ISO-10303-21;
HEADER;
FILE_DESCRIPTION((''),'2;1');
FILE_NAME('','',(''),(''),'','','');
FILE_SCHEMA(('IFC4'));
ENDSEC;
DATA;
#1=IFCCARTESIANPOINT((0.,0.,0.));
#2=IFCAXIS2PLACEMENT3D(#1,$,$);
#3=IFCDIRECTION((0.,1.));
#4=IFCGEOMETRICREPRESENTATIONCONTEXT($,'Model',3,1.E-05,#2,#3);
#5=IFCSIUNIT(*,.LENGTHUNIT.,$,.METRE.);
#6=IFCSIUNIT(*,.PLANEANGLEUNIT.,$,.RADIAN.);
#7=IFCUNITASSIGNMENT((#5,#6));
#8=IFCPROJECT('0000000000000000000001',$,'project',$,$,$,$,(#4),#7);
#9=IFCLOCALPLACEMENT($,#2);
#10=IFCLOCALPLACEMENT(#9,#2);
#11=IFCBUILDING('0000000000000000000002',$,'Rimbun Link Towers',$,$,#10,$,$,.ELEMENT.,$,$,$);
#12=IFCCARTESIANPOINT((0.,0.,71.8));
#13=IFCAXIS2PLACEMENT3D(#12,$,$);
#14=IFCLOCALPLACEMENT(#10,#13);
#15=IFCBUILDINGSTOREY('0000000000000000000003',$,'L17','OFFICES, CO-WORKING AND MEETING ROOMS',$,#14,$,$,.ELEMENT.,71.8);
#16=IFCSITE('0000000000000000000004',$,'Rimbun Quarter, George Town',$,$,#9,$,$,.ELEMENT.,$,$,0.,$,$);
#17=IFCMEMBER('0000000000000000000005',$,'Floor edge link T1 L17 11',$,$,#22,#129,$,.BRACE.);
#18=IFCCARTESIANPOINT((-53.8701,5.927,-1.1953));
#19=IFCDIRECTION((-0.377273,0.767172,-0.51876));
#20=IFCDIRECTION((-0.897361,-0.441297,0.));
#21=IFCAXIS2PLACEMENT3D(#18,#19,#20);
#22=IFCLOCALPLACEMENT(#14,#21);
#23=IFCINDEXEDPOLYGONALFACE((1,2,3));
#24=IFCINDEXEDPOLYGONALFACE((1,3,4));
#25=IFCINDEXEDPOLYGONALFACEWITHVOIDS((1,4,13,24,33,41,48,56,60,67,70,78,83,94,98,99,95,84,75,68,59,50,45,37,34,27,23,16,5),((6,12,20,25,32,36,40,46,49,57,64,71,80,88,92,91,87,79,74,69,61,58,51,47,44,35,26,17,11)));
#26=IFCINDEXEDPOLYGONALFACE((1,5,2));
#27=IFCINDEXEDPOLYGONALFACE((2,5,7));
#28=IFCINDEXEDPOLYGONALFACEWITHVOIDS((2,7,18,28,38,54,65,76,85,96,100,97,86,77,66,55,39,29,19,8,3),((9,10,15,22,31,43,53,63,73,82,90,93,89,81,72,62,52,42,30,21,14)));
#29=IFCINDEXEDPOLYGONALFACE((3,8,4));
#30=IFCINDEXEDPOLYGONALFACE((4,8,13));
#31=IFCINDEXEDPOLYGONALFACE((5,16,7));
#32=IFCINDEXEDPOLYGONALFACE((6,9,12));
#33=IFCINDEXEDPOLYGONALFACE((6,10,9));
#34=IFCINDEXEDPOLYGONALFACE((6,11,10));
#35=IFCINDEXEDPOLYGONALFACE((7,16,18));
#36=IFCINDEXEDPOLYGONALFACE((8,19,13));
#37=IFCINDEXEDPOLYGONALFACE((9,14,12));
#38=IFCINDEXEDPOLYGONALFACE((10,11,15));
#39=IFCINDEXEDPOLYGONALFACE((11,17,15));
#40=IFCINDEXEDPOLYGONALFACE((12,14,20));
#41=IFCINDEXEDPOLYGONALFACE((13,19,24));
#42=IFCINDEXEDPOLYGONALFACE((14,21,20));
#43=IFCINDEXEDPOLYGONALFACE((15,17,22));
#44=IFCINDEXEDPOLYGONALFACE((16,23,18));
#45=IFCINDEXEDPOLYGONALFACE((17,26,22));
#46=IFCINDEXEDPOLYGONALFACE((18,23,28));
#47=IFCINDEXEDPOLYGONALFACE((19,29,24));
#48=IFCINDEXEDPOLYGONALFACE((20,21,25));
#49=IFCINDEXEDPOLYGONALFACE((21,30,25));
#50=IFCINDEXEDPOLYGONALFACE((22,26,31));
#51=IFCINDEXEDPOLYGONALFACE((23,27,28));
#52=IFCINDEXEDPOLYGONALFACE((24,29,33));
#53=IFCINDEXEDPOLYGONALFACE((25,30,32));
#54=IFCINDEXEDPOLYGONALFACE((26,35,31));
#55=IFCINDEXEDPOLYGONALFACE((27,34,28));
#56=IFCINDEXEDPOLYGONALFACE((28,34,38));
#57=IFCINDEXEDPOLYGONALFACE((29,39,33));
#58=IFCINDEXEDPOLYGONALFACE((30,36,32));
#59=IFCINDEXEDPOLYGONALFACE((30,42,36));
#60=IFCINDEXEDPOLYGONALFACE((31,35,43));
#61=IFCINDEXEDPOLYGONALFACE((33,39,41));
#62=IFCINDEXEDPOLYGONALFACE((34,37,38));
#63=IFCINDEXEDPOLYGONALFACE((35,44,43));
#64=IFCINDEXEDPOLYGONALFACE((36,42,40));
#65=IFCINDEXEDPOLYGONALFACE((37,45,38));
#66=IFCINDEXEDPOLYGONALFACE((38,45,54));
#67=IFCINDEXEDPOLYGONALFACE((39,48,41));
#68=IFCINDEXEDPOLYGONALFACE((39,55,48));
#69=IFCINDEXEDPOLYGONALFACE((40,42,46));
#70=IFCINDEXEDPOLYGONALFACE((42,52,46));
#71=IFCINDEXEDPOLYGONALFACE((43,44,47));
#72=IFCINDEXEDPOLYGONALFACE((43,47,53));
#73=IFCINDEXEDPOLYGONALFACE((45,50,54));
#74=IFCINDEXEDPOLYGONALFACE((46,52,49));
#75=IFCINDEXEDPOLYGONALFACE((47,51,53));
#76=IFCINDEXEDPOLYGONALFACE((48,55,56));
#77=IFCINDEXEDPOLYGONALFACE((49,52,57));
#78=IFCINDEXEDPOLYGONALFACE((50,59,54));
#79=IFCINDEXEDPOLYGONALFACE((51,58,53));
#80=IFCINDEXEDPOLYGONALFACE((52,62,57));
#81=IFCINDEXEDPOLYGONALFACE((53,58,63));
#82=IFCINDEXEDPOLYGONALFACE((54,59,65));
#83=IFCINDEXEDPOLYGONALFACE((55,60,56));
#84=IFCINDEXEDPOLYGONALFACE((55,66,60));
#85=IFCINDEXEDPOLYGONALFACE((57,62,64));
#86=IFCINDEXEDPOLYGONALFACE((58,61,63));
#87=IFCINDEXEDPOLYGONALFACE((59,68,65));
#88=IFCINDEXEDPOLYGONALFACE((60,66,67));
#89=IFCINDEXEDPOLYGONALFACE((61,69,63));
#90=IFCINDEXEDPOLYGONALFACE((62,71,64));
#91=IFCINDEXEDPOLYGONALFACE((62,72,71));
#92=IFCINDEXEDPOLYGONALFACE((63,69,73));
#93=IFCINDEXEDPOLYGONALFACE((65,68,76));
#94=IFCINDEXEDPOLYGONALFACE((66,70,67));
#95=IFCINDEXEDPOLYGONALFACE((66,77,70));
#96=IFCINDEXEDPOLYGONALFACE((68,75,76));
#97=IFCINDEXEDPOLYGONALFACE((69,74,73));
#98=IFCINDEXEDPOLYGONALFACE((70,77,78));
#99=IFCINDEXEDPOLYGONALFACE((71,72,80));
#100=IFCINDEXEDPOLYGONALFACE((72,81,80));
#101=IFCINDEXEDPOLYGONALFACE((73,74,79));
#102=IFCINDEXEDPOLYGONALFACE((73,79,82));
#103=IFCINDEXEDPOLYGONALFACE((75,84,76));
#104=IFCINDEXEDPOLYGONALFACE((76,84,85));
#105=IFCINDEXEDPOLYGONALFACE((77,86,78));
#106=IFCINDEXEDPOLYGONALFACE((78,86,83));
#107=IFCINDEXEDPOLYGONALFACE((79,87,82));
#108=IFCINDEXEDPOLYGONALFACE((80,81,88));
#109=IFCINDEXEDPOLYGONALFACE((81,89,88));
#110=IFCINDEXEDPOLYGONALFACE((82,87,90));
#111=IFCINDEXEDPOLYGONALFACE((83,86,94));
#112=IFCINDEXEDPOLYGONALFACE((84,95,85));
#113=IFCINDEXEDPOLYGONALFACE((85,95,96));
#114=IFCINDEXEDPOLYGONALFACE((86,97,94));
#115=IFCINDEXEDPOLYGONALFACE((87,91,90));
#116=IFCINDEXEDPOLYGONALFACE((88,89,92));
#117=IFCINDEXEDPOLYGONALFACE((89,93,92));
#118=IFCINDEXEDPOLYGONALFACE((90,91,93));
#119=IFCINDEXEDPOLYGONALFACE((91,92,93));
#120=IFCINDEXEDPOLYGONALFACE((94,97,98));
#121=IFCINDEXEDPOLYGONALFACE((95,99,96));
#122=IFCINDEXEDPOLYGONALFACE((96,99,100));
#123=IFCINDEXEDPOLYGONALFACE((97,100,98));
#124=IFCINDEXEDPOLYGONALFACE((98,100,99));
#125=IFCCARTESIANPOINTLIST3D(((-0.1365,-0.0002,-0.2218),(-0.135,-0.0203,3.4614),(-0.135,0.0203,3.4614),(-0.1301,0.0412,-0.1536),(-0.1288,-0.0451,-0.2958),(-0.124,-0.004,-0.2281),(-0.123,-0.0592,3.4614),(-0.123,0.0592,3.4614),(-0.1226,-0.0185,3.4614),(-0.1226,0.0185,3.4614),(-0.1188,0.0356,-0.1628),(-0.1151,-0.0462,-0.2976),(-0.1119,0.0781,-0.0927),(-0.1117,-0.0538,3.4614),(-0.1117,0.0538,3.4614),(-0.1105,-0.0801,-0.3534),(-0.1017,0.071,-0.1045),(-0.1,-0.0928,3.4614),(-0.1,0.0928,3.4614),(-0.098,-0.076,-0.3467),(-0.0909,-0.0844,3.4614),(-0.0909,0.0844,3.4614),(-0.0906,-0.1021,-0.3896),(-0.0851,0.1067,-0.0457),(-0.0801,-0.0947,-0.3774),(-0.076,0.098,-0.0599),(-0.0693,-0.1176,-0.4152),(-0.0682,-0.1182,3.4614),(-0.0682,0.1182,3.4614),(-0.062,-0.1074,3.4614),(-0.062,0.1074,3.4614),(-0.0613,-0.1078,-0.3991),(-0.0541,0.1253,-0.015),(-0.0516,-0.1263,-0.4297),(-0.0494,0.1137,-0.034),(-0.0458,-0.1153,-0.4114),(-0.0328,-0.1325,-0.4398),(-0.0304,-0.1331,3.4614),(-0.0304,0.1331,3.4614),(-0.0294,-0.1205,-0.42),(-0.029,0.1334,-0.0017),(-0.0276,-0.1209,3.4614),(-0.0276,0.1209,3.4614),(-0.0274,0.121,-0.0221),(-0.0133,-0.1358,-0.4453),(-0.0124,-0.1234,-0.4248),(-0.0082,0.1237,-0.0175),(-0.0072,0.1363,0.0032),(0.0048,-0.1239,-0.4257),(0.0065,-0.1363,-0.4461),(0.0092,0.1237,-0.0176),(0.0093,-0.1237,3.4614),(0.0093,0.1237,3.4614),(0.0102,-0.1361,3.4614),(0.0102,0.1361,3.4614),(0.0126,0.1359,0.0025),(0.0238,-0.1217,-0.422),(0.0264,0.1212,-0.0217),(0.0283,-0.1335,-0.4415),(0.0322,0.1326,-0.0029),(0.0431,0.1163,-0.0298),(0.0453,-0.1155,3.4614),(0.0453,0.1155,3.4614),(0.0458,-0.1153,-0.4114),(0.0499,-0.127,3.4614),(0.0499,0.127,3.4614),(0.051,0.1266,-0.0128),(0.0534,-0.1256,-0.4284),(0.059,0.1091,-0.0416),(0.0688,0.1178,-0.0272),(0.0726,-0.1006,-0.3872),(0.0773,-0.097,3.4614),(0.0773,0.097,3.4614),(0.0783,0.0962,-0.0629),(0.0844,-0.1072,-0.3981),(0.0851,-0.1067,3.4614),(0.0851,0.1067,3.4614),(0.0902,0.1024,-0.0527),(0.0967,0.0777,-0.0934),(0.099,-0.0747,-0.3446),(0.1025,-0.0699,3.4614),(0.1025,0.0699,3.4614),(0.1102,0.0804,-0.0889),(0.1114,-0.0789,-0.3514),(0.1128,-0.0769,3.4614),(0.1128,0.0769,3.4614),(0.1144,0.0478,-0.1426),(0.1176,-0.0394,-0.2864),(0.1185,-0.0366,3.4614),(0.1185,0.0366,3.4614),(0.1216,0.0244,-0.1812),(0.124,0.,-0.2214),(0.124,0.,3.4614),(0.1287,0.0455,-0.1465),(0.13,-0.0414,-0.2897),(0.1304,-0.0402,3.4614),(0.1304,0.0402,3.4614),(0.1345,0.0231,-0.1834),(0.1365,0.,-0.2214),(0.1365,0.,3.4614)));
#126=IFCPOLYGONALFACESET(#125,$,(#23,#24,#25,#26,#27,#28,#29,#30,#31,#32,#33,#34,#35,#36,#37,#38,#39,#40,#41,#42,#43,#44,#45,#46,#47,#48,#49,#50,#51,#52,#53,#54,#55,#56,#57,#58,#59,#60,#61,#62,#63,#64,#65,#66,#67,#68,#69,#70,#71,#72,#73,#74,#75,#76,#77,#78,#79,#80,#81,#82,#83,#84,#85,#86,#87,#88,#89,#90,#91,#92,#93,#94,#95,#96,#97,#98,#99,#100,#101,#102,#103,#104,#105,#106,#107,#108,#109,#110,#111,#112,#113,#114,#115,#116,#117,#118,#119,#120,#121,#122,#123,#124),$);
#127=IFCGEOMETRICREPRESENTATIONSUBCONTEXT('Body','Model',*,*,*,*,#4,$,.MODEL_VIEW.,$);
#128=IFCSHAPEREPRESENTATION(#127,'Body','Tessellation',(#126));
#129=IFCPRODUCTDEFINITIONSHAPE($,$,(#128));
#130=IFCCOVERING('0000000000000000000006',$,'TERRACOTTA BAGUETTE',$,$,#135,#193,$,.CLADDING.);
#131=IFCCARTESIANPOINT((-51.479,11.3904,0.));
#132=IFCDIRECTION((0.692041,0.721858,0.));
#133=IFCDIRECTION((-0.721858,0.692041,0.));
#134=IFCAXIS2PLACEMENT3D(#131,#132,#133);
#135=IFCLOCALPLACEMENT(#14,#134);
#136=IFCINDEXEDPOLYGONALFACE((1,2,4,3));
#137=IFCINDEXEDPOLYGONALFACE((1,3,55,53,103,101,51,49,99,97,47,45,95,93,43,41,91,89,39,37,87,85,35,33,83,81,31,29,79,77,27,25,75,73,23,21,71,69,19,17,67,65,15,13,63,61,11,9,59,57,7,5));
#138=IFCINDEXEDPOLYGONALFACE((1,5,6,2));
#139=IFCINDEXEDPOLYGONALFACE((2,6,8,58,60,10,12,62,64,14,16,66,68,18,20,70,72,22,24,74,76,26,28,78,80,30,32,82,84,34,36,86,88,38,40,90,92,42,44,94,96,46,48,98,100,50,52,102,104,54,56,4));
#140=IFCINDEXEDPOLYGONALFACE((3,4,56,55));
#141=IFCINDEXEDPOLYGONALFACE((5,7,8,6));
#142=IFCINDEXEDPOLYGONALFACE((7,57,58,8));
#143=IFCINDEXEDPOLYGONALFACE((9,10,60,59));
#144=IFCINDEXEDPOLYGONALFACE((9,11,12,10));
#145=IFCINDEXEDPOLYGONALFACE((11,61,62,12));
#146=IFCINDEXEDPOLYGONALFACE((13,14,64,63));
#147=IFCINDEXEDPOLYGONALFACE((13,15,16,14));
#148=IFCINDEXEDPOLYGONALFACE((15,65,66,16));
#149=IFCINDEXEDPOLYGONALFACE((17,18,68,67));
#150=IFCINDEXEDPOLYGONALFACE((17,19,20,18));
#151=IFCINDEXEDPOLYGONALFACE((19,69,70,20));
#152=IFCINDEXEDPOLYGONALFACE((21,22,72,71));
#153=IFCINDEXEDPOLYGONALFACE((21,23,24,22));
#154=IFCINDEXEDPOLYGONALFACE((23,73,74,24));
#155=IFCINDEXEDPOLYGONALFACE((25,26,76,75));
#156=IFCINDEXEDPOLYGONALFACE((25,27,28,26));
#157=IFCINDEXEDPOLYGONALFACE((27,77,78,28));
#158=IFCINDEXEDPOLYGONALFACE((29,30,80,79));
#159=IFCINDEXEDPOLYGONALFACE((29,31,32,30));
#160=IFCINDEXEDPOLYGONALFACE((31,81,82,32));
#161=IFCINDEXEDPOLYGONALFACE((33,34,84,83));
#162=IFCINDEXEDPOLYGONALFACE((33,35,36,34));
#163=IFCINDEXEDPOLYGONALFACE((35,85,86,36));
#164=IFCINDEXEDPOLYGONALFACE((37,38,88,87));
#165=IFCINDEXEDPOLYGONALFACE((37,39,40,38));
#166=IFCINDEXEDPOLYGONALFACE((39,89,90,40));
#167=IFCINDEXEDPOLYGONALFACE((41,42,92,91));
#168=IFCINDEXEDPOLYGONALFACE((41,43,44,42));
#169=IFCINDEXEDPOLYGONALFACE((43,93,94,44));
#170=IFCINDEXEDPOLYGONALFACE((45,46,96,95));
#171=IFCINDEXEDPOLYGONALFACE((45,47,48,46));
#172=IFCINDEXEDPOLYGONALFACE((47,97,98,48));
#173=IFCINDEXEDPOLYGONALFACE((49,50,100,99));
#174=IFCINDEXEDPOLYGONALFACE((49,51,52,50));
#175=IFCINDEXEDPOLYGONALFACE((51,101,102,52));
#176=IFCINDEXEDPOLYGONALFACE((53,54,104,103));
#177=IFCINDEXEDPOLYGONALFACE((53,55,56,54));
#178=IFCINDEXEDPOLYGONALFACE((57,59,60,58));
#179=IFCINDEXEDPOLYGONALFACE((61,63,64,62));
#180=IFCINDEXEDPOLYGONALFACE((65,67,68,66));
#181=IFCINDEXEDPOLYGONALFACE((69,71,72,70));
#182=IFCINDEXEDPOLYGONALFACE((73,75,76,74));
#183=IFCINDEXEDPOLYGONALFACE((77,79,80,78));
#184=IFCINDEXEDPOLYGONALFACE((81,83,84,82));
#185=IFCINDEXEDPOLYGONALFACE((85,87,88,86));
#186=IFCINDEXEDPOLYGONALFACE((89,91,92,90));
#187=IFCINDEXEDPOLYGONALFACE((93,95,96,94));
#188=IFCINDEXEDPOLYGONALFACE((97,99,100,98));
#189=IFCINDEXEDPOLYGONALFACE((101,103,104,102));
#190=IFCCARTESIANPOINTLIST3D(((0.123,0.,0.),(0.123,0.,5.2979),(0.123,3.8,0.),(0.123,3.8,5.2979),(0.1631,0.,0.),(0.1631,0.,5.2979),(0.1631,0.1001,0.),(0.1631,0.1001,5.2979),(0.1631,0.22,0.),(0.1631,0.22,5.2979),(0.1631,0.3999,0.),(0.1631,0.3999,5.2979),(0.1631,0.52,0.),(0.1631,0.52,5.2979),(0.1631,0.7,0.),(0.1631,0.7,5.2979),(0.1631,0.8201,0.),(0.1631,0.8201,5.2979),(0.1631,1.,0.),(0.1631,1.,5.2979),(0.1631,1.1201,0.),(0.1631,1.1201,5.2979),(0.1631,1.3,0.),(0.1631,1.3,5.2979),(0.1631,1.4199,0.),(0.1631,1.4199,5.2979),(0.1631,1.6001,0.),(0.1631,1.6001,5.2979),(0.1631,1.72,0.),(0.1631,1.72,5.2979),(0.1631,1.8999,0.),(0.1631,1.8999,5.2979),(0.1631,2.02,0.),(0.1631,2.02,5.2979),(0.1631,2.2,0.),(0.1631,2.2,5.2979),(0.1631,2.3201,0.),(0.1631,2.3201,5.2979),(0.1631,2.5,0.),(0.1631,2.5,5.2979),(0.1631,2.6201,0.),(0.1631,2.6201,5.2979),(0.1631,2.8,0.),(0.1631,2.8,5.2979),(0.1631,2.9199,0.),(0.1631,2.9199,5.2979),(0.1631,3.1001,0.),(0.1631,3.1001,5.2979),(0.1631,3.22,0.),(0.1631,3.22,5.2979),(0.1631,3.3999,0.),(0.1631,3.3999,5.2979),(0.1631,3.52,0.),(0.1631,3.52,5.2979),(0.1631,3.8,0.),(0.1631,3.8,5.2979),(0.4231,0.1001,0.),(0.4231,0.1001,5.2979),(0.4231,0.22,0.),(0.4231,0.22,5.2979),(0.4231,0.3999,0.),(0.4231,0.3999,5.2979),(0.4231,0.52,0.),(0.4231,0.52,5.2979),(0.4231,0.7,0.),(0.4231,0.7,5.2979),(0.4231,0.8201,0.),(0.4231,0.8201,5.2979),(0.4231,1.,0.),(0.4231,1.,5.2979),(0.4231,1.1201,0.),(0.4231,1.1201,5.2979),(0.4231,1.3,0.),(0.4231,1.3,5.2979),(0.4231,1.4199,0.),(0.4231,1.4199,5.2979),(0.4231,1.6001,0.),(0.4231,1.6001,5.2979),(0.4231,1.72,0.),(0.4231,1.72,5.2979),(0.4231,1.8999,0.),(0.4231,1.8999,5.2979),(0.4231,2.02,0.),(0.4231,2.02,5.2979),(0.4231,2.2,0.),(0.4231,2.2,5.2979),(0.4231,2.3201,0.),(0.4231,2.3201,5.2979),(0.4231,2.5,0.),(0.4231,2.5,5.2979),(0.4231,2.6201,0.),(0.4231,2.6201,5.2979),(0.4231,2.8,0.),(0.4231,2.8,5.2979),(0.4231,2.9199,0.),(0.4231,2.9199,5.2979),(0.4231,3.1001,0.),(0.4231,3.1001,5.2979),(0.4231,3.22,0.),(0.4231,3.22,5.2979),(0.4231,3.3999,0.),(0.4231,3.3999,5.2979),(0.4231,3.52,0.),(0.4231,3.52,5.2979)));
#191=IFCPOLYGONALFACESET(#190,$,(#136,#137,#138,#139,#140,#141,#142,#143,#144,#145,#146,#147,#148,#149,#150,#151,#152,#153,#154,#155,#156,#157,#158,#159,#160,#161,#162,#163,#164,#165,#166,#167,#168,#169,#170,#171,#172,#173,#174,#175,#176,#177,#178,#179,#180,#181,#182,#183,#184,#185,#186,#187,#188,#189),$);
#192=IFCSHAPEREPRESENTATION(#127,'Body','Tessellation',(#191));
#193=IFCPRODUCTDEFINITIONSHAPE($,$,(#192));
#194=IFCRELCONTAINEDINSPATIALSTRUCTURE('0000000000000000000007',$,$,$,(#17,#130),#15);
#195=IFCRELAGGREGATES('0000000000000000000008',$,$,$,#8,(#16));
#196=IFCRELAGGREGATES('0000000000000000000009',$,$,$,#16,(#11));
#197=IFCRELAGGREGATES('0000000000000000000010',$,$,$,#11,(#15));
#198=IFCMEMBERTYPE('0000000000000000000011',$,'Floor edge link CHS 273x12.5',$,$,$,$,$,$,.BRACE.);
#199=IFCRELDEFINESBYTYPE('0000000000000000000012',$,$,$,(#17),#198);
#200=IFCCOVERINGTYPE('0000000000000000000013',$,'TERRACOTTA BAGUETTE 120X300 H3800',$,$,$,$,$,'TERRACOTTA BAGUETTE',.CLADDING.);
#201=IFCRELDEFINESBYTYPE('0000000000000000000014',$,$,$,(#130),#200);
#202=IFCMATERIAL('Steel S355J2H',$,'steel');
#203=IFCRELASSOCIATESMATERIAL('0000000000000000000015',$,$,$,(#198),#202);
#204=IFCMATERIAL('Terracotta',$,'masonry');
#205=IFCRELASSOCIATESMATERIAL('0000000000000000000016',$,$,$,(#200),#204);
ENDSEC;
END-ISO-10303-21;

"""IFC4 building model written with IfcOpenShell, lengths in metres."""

from ifc_helpers import new_model, si_unit, direction, frame, origin, origin_2d, place, context, subcontext, project, spatial, polyline, hollow_circle, outline, extrude, clip, halfspace, material, material_profile, profile_set, type_object, element, save


model = new_model("IFC4")

# Units and contexts
model_context = context("Model", 3, precision=1e-05, world=origin(), true_north=direction((0.0, 1.0)))
body_context = subcontext(model_context, "Body", "Model", "MODEL_VIEW")
ifc_project = project(units=[si_unit("LENGTHUNIT", "METRE"), si_unit("PLANEANGLEUNIT", "RADIAN")], contexts=[model_context])

# Site, building, storey
site_placement = place(None, origin())
site = spatial("IfcSite", under=ifc_project, at=site_placement, Name="Rimbun Quarter, George Town", CompositionType="ELEMENT", RefElevation=0.0)
building_placement = place(site_placement, origin())
building = spatial("IfcBuilding", under=site, at=building_placement, Name="Rimbun Link Towers", CompositionType="ELEMENT")
storey_placement = place(building_placement, frame((0.0, 0.0, 71.8)))
storey = spatial("IfcBuildingStorey", under=building, at=storey_placement, Name="L17", Description="OFFICES, CO-WORKING AND MEETING ROOMS", CompositionType="ELEMENT", Elevation=71.8)

# Member
ifc_material_1 = material(Name="Steel S355J2H", Category="steel")
ifc_material_profile_1 = material_profile(ifc_material_1, hollow_circle(Radius=0.1365, WallThickness=0.0125, at=origin_2d()), Name="CHS 273x12.5")
ifc_profile_set_1 = profile_set([ifc_material_profile_1], Name="Steel S355J2H")
member_type_1 = type_object("IfcMemberType", Name="Floor edge link CHS 273x12.5", PredefinedType="BRACE", material=ifc_profile_set_1)
member_1_placement = place(storey_placement, frame((-53.8701, 5.927, -1.1953), z_axis=(-0.377273, 0.767172, -0.51876), x_axis=(-0.897361, -0.441297, 0.0)))
element("IfcMember", 1, at=member_1_placement, inside=storey, type_object=member_type_1, Name="Floor edge link T1 L17 11", PredefinedType="BRACE", context=body_context, shape_type="Clipping", body=[
    clip(extrude(hollow_circle(Radius=0.1365, WallThickness=0.0125, at=origin_2d()), frame((0.0, 0.0, -0.4692)), (0.0, 0.0, 1.0), 3.9307), halfspace(frame((0.0, 0.0, -0.2214), z_axis=(0.0, 0.85492, -0.51876)), False)),
])

# Covering
ifc_material_2 = material(Name="Terracotta", Category="masonry")
ifc_material_profile_2 = material_profile(ifc_material_2, outline(polyline([(0.123, 0.0), (0.1631, 0.0), (0.1631, 0.1001), (0.4231, 0.1001), (0.4231, 0.22), (0.1631, 0.22), (0.1631, 0.3999), (0.4231, 0.3999), (0.4231, 0.52), (0.1631, 0.52), (0.1631, 0.7), (0.4231, 0.7), (0.4231, 0.8201), (0.1631, 0.8201), (0.1631, 1.0), (0.4231, 1.0), (0.4231, 1.1201), (0.1631, 1.1201), (0.1631, 1.3), (0.4231, 1.3), (0.4231, 1.4199), (0.1631, 1.4199), (0.1631, 1.6001), (0.4231, 1.6001), (0.4231, 1.72), (0.1631, 1.72), (0.1631, 1.8999), (0.4231, 1.8999), (0.4231, 2.02), (0.1631, 2.02), (0.1631, 2.2), (0.4231, 2.2), (0.4231, 2.3201), (0.1631, 2.3201), (0.1631, 2.5), (0.4231, 2.5), (0.4231, 2.6201), (0.1631, 2.6201), (0.1631, 2.8), (0.4231, 2.8), (0.4231, 2.9199), (0.1631, 2.9199), (0.1631, 3.1001), (0.4231, 3.1001), (0.4231, 3.22), (0.1631, 3.22), (0.1631, 3.3999), (0.4231, 3.3999), (0.4231, 3.52), (0.1631, 3.52), (0.1631, 3.8), (0.123, 3.8), (0.123, 0.0)])), Name="BAGUETTE 120X300")
ifc_profile_set_2 = profile_set([ifc_material_profile_2], Name="Terracotta")
covering_type = type_object("IfcCoveringType", Name="TERRACOTTA BAGUETTE 120X300 H3800", ElementType="TERRACOTTA BAGUETTE", PredefinedType="CLADDING", material=ifc_profile_set_2)
covering_1_placement = place(storey_placement, frame((-51.479, 11.3904, 0.0), z_axis=(0.692041, 0.721858, 0.0), x_axis=(-0.721858, 0.692041, 0.0)))
element("IfcCovering", 2, at=covering_1_placement, inside=storey, type_object=covering_type, Name="TERRACOTTA BAGUETTE", PredefinedType="CLADDING", context=body_context, shape_type="SweptSolid", body=[
    extrude(outline(polyline([(0.123, 0.0), (0.1631, 0.0), (0.1631, 0.1001), (0.4231, 0.1001), (0.4231, 0.22), (0.1631, 0.22), (0.1631, 0.3999), (0.4231, 0.3999), (0.4231, 0.52), (0.1631, 0.52), (0.1631, 0.7), (0.4231, 0.7), (0.4231, 0.8201), (0.1631, 0.8201), (0.1631, 1.0), (0.4231, 1.0), (0.4231, 1.1201), (0.1631, 1.1201), (0.1631, 1.3), (0.4231, 1.3), (0.4231, 1.4199), (0.1631, 1.4199), (0.1631, 1.6001), (0.4231, 1.6001), (0.4231, 1.72), (0.1631, 1.72), (0.1631, 1.8999), (0.4231, 1.8999), (0.4231, 2.02), (0.1631, 2.02), (0.1631, 2.2), (0.4231, 2.2), (0.4231, 2.3201), (0.1631, 2.3201), (0.1631, 2.5), (0.4231, 2.5), (0.4231, 2.6201), (0.1631, 2.6201), (0.1631, 2.8), (0.4231, 2.8), (0.4231, 2.9199), (0.1631, 2.9199), (0.1631, 3.1001), (0.4231, 3.1001), (0.4231, 3.22), (0.1631, 3.22), (0.1631, 3.3999), (0.4231, 3.3999), (0.4231, 3.52), (0.1631, 3.52), (0.1631, 3.8), (0.123, 3.8), (0.123, 0.0)])), origin(), (0.0, 0.0, 1.0), 5.2979),
])

save(model, "model.ifc")
